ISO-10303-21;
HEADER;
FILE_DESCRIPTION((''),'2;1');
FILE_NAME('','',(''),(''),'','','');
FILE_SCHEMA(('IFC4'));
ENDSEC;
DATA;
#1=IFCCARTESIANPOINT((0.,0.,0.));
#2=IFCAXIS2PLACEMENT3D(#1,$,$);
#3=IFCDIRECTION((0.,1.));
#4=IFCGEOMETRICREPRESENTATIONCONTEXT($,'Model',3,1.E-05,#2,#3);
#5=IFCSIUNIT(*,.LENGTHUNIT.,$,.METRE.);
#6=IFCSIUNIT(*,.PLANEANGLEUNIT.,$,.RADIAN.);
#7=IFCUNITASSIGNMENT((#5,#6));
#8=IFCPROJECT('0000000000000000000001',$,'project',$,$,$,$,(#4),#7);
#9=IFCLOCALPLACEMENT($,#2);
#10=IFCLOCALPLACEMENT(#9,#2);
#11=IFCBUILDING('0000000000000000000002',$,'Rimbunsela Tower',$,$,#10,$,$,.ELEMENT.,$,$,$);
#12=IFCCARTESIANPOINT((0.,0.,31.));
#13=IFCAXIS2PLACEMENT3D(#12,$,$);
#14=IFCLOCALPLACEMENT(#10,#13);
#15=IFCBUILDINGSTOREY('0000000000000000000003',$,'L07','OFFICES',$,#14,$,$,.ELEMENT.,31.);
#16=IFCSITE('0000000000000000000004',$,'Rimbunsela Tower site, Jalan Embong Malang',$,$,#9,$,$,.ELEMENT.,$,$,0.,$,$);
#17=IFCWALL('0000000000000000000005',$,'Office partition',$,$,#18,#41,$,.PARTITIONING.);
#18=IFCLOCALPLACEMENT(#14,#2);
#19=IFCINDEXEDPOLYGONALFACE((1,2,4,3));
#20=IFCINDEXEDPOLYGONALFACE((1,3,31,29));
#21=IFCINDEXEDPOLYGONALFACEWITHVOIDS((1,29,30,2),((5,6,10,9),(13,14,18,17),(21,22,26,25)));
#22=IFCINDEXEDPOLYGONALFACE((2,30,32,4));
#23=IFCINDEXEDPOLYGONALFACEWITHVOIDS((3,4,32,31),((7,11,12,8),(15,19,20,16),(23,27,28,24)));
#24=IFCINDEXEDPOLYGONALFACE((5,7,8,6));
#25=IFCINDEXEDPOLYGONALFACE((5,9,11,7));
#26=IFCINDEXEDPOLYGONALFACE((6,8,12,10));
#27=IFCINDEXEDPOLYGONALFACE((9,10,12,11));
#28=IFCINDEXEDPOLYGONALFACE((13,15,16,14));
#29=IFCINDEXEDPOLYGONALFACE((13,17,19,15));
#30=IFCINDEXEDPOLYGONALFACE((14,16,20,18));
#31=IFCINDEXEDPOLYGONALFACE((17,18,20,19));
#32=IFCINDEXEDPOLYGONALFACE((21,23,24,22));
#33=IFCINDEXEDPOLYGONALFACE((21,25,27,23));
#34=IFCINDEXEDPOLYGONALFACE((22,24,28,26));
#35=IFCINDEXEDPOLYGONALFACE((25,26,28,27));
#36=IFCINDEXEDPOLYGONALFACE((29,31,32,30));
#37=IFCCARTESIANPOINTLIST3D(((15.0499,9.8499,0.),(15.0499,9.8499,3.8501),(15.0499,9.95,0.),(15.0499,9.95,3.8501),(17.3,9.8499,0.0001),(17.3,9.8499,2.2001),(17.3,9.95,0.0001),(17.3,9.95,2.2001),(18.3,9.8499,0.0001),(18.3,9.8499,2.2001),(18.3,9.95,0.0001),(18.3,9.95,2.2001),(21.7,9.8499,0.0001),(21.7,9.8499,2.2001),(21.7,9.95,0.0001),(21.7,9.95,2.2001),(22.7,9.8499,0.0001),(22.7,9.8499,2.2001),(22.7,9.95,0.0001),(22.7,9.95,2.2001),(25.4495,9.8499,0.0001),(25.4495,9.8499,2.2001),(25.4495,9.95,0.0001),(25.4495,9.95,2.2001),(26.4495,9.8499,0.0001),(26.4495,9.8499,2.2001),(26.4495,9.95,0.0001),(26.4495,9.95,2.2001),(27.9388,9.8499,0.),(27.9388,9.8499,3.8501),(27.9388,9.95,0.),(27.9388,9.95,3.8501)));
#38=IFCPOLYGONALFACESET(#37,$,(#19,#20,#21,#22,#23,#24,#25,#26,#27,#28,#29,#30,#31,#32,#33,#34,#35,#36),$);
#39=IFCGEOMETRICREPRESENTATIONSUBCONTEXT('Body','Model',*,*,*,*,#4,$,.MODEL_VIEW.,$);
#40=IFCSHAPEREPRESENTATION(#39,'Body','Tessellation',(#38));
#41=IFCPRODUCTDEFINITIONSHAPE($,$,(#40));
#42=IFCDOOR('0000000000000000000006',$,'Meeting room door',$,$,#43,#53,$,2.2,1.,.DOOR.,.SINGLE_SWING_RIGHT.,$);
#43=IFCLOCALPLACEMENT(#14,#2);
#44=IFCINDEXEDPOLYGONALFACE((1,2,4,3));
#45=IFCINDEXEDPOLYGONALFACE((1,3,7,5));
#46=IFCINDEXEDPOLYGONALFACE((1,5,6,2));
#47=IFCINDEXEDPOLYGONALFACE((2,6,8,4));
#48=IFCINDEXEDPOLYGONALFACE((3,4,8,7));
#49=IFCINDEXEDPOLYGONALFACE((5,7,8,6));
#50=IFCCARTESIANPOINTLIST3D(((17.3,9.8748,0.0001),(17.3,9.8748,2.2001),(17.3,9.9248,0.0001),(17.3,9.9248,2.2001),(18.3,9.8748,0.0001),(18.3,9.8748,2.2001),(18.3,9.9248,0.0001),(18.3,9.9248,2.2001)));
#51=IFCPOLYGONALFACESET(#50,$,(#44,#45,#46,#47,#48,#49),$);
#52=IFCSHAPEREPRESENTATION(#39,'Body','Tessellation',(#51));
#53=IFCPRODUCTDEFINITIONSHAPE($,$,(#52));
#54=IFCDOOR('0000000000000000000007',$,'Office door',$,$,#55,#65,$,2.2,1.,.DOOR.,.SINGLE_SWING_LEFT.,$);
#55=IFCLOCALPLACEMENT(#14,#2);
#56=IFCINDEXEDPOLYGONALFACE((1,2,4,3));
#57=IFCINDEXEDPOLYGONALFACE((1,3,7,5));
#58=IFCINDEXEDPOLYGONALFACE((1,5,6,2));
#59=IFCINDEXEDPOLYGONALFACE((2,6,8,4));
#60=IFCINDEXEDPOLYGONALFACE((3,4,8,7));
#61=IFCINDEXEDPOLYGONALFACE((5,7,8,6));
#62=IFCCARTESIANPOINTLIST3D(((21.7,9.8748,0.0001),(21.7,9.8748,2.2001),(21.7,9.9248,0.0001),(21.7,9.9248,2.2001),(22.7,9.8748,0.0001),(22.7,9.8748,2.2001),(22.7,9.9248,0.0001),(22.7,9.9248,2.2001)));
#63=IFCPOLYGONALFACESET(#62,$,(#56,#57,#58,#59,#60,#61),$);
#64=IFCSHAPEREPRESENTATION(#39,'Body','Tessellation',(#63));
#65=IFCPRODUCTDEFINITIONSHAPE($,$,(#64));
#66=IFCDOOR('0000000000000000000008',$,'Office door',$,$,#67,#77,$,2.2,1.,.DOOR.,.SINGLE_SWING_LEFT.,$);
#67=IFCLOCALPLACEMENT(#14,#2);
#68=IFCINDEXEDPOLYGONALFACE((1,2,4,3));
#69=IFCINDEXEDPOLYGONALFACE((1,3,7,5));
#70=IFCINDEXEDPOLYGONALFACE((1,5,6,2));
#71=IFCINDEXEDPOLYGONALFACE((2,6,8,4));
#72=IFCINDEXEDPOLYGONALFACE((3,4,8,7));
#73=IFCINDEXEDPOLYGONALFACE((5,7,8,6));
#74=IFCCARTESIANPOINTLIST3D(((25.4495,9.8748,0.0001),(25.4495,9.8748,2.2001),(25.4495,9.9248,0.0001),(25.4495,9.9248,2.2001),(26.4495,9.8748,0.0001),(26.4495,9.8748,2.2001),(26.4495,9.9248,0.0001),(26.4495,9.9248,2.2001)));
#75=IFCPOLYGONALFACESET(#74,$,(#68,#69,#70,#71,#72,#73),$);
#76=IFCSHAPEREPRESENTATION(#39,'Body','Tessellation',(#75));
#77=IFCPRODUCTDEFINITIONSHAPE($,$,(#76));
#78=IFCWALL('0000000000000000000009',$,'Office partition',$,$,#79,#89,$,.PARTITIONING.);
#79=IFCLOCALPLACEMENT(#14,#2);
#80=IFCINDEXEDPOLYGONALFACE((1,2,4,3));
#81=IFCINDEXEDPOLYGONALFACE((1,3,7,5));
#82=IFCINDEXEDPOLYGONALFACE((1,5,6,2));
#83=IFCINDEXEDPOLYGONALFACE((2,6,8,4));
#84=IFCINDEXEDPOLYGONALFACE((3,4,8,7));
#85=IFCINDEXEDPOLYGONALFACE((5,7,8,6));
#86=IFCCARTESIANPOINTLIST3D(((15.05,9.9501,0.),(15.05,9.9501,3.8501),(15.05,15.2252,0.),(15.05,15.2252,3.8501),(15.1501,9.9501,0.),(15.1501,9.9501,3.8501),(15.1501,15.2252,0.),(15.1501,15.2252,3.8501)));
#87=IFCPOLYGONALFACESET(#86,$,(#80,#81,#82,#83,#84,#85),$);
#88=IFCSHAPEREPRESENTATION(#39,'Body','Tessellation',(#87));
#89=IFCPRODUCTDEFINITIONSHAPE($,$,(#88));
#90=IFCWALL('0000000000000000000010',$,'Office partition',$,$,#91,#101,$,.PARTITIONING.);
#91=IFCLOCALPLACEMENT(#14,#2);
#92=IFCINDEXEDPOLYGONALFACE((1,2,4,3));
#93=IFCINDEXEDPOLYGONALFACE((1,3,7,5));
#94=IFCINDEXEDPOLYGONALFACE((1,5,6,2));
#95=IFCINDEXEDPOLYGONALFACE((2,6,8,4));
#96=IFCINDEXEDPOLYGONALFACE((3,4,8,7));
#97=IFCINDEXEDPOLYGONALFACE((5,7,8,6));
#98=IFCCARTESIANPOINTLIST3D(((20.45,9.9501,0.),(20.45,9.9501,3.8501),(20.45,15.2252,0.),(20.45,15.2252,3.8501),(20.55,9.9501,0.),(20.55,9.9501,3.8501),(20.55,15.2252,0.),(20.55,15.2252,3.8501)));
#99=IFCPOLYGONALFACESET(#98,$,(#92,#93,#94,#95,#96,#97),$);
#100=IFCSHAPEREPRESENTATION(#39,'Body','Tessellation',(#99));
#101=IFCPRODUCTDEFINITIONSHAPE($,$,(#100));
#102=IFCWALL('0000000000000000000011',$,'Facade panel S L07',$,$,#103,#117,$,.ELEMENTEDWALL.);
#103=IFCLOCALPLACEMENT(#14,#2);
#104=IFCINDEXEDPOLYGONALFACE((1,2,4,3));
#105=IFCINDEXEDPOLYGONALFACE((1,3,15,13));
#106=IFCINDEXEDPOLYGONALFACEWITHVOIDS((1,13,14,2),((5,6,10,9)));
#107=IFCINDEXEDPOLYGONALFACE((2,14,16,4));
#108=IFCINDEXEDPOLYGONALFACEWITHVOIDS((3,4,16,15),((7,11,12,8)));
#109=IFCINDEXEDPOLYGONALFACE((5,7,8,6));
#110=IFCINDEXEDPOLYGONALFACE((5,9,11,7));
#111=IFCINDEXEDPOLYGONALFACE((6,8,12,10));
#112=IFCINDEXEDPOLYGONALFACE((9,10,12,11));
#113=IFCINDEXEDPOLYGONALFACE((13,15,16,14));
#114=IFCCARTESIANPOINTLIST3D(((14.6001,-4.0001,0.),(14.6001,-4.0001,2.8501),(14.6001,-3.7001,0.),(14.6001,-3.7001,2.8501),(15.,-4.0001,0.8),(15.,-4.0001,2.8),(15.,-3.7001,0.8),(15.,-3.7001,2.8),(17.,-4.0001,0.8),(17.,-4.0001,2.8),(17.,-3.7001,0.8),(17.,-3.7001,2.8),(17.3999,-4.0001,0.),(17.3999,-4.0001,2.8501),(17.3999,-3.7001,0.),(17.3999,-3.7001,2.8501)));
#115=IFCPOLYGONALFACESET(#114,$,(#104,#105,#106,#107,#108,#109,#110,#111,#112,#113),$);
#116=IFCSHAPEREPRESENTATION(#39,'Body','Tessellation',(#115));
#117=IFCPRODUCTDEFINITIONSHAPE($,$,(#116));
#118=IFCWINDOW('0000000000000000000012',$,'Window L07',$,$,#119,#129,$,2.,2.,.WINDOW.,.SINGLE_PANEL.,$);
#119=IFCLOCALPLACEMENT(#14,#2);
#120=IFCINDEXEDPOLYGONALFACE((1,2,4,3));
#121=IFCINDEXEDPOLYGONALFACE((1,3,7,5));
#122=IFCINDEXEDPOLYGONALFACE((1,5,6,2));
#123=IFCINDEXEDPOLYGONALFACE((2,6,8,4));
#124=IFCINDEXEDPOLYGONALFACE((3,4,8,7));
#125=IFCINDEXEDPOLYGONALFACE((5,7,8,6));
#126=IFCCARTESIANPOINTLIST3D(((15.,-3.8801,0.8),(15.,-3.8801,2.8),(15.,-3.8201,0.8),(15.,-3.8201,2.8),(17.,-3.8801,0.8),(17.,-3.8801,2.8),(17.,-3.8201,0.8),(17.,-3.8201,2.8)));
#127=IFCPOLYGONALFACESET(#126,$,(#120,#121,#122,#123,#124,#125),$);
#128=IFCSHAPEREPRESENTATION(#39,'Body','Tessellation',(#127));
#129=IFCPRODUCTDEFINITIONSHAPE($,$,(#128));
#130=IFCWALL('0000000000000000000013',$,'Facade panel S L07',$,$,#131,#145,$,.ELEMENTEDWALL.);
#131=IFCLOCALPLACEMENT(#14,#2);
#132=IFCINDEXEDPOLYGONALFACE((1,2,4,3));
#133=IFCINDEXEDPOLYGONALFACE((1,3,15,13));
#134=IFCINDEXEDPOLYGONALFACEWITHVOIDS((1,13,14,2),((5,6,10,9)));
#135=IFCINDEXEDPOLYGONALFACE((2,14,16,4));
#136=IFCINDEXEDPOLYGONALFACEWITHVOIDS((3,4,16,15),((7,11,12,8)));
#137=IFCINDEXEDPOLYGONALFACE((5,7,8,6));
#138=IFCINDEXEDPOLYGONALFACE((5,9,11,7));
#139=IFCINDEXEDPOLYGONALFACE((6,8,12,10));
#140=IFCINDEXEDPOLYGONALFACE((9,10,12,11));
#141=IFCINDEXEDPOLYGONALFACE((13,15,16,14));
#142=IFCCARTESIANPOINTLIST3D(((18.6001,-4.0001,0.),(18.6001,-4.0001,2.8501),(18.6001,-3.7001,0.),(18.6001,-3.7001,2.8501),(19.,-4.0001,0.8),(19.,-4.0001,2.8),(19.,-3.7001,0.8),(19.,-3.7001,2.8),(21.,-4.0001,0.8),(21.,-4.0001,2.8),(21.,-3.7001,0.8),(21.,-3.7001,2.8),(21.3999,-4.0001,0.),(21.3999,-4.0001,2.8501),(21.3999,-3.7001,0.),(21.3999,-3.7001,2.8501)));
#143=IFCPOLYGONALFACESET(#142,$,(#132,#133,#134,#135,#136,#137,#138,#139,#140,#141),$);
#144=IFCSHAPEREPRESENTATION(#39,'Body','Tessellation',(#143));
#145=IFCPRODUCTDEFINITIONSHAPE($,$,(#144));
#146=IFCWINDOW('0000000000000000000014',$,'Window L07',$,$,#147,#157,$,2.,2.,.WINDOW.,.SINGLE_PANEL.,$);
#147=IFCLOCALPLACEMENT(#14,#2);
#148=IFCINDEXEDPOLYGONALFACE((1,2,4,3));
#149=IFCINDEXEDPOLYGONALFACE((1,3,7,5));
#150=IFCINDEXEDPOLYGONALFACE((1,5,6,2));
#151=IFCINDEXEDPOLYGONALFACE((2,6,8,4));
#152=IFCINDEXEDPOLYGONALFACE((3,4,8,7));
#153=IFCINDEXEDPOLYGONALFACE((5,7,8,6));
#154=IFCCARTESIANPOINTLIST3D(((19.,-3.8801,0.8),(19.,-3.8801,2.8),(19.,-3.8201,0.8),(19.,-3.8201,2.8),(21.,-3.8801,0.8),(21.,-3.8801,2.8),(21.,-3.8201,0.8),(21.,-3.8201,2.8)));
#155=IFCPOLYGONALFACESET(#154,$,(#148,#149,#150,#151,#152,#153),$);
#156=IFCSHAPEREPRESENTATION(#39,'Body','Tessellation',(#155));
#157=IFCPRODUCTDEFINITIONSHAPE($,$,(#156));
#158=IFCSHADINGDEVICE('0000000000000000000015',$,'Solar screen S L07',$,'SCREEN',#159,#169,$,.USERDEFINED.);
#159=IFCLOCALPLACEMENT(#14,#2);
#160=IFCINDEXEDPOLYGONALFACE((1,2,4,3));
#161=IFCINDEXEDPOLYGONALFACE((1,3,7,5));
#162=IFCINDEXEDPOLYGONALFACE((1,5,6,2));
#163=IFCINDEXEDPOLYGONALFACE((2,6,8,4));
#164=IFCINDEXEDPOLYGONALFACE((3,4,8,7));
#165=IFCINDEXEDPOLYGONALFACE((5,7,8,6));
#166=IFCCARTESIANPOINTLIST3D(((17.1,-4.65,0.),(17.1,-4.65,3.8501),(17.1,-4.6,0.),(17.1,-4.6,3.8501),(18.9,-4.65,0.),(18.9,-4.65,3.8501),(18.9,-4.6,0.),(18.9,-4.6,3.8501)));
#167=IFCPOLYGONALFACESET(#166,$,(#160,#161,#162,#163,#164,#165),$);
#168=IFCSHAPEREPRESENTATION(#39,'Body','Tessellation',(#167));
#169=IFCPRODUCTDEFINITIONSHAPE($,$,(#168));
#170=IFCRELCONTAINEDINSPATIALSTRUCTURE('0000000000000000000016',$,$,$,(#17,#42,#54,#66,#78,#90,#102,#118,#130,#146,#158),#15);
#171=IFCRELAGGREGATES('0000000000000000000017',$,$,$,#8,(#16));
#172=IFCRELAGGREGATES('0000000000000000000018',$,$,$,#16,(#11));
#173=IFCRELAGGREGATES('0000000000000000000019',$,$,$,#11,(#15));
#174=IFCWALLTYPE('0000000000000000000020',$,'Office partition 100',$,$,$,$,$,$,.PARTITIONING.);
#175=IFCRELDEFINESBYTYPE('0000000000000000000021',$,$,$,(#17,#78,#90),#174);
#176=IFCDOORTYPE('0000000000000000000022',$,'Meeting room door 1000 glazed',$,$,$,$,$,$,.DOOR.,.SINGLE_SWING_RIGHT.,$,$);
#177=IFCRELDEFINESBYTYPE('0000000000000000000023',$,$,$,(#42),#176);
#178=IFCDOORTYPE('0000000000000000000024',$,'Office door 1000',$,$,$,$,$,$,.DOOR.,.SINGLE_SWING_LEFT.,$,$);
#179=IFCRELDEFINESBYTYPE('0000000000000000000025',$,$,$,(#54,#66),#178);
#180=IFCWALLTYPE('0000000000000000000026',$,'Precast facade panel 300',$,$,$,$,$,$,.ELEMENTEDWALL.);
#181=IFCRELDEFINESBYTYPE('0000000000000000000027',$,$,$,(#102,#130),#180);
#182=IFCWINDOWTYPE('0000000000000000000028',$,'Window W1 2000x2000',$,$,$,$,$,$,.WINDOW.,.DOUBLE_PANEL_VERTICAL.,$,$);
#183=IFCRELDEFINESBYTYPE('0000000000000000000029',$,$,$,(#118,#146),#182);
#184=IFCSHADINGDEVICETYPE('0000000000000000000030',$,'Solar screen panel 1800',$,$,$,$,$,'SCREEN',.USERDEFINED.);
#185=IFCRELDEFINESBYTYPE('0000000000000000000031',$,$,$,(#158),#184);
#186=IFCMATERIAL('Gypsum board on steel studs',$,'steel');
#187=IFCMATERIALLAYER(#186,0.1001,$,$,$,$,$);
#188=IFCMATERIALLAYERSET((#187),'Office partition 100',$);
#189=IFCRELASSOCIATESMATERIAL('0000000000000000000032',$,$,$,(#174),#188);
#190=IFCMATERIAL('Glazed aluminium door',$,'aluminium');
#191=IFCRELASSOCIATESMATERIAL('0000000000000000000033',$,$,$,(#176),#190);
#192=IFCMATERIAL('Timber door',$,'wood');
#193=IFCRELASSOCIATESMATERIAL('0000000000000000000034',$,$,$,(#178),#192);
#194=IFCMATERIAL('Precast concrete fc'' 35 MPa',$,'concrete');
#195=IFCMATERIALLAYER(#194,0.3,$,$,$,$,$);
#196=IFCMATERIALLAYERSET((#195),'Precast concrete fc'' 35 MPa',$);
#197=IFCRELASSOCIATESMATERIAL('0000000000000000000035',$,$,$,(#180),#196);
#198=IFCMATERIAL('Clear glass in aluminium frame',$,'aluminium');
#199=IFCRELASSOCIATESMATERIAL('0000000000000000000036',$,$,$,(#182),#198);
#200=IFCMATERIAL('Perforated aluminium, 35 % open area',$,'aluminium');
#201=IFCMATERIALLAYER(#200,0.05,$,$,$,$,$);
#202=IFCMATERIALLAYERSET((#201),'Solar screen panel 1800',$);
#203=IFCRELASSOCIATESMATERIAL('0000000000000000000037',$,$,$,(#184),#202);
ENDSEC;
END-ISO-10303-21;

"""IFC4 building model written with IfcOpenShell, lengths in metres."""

from ifc_helpers import new_model, si_unit, direction, frame, frame_2d, origin, origin_2d, place, context, subcontext, project, spatial, rectangle, extrude, material, layer, layer_set, type_object, element, fill, save


model = new_model("IFC4")

# Units and contexts
model_context = context("Model", 3, precision=1e-05, world=origin(), true_north=direction((0.0, 1.0)))
body_context = subcontext(model_context, "Body", "Model", "MODEL_VIEW")
ifc_project = project(units=[si_unit("LENGTHUNIT", "METRE"), si_unit("PLANEANGLEUNIT", "RADIAN")], contexts=[model_context])

# Site, building, storey
site_placement = place(None, origin())
site = spatial("IfcSite", under=ifc_project, at=site_placement, Name="Rimbunsela Tower site, Jalan Embong Malang", CompositionType="ELEMENT", RefElevation=0.0)
building_placement = place(site_placement, origin())
building = spatial("IfcBuilding", under=site, at=building_placement, Name="Rimbunsela Tower", CompositionType="ELEMENT")
storey_placement = place(building_placement, frame((0.0, 0.0, 31.0)))
storey = spatial("IfcBuildingStorey", under=building, at=storey_placement, Name="L07", Description="OFFICES", CompositionType="ELEMENT", Elevation=31.0)

# Wall, openings, doors
ifc_material_1 = material(Name="Gypsum board on steel studs", Category="steel")
ifc_layer_1 = layer(ifc_material_1, 0.1001)
ifc_layer_set_1 = layer_set([ifc_layer_1], Name="Office partition 100")
wall_type_1 = type_object("IfcWallType", Name="Office partition 100", PredefinedType="PARTITIONING", material=ifc_layer_set_1)
wall_1_placement = place(storey_placement, frame((15.05, 9.8999, 0.0), z_axis=(0.0, 0.0, 1.0), x_axis=(1.0, 0.0, 0.0)))
wall_1 = element("IfcWall", 1, at=wall_1_placement, inside=storey, type_object=wall_type_1, Name="Office partition", PredefinedType="PARTITIONING", context=body_context, shape_type="SweptSolid", body=[
    extrude(rectangle(XDim=12.8889, YDim=0.1001, at=frame_2d((6.4443, 0.0))), origin(), (0.0, 0.0, 1.0), 3.8501),
])
opening_1_placement = place(wall_1_placement, frame((2.25, 0.0, 0.0)))
opening_1 = element("IfcOpeningElement", 2, at=opening_1_placement, cuts=wall_1, PredefinedType="OPENING", context=body_context, shape_type="SweptSolid", body=[
    extrude(rectangle(XDim=1.0, YDim=2.2, at=frame_2d((0.5, 1.1001))), frame((0.0, 0.0601, 0.0), z_axis=(0.0, -1.0, 0.0), x_axis=(1.0, 0.0, 0.0)), (0.0, 0.0, 1.0), 0.1201),
])
opening_2_placement = place(wall_1_placement, frame((6.6499, 0.0, 0.0)))
opening_2 = element("IfcOpeningElement", 3, at=opening_2_placement, cuts=wall_1, PredefinedType="OPENING", context=body_context, shape_type="SweptSolid", body=[
    extrude(rectangle(XDim=1.0, YDim=2.2, at=frame_2d((0.5, 1.1001))), frame((0.0, 0.0601, 0.0), z_axis=(0.0, -1.0, 0.0), x_axis=(1.0, 0.0, 0.0)), (0.0, 0.0, 1.0), 0.1201),
])
opening_3_placement = place(wall_1_placement, frame((10.3994, 0.0, 0.0)))
opening_3 = element("IfcOpeningElement", 4, at=opening_3_placement, cuts=wall_1, PredefinedType="OPENING", context=body_context, shape_type="SweptSolid", body=[
    extrude(rectangle(XDim=1.0, YDim=2.2, at=frame_2d((0.5, 1.1001))), frame((0.0, 0.0601, 0.0), z_axis=(0.0, -1.0, 0.0), x_axis=(1.0, 0.0, 0.0)), (0.0, 0.0, 1.0), 0.1201),
])
ifc_material_2 = material(Name="Glazed aluminium door", Category="aluminium")
door_type_1 = type_object("IfcDoorType", Name="Meeting room door 1000 glazed", OperationType="SINGLE_SWING_RIGHT", PredefinedType="DOOR", material=ifc_material_2)
door_1_placement = place(opening_1_placement, origin())
door_1 = element("IfcDoor", 5, at=door_1_placement, inside=storey, type_object=door_type_1, Name="Meeting room door", OperationType="SINGLE_SWING_RIGHT", OverallHeight=2.2, OverallWidth=1.0, PredefinedType="DOOR", context=body_context, shape_type="SweptSolid", body=[
    extrude(rectangle(XDim=1.0, YDim=2.2, at=frame_2d((0.5, 1.1001))), frame((0.0, 0.0249, 0.0), z_axis=(0.0, -1.0, 0.0), x_axis=(1.0, 0.0, 0.0)), (0.0, 0.0, 1.0), 0.05),
])
fill(opening_1, door_1)
ifc_material_3 = material(Name="Timber door", Category="wood")
door_type_2 = type_object("IfcDoorType", Name="Office door 1000", OperationType="SINGLE_SWING_LEFT", PredefinedType="DOOR", material=ifc_material_3)
door_2_placement = place(opening_2_placement, origin())
door_2 = element("IfcDoor", 6, at=door_2_placement, inside=storey, type_object=door_type_2, Name="Office door", OperationType="SINGLE_SWING_LEFT", OverallHeight=2.2, OverallWidth=1.0, PredefinedType="DOOR", context=body_context, shape_type="SweptSolid", body=[
    extrude(rectangle(XDim=1.0, YDim=2.2, at=frame_2d((0.5, 1.1001))), frame((0.0, 0.0249, 0.0), z_axis=(0.0, -1.0, 0.0), x_axis=(1.0, 0.0, 0.0)), (0.0, 0.0, 1.0), 0.05),
])
fill(opening_2, door_2)
door_3_placement = place(opening_3_placement, origin())
door_3 = element("IfcDoor", 7, at=door_3_placement, inside=storey, type_object=door_type_2, Name="Office door", OperationType="SINGLE_SWING_LEFT", OverallHeight=2.2, OverallWidth=1.0, PredefinedType="DOOR", context=body_context, shape_type="SweptSolid", body=[
    extrude(rectangle(XDim=1.0, YDim=2.2, at=frame_2d((0.5, 1.1001))), frame((0.0, 0.0249, 0.0), z_axis=(0.0, -1.0, 0.0), x_axis=(1.0, 0.0, 0.0)), (0.0, 0.0, 1.0), 0.05),
])
fill(opening_3, door_3)

# Walls
for number, where, z_axis, x_axis, name in (
    (8, (15.1001, 9.95, 0.0), (0.0, 0.0, 1.0), (0.0, 1.0, 0.0), "Office partition"),
    (9, (20.5, 9.95, 0.0), (0.0, 0.0, 1.0), (0.0, 1.0, 0.0), "Office partition"),
):
    element("IfcWall", number, at=place(storey_placement, frame(where, z_axis=z_axis, x_axis=x_axis)), inside=storey, type_object=wall_type_1, Name=name, PredefinedType="PARTITIONING", context=body_context, shape_type="SweptSolid", body=[
        extrude(rectangle(XDim=5.2751, YDim=0.1001, at=frame_2d((2.6377, 0.0))), origin(), (0.0, 0.0, 1.0), 3.8501),
    ])

# Walls, openings, windows
ifc_material_4 = material(Name="Precast concrete fc' 35 MPa", Category="concrete")
ifc_layer_2 = layer(ifc_material_4, 0.3)
ifc_layer_set_2 = layer_set([ifc_layer_2], Name="Precast concrete fc' 35 MPa")
wall_type_2 = type_object("IfcWallType", Name="Precast facade panel 300", PredefinedType="ELEMENTEDWALL", material=ifc_layer_set_2)
wall_2_placement = place(storey_placement, frame((14.6001, -3.8501, 0.0), z_axis=(0.0, 0.0, 1.0), x_axis=(1.0, 0.0, 0.0)))
wall_2 = element("IfcWall", 10, at=wall_2_placement, inside=storey, type_object=wall_type_2, Name="Facade panel S L07", PredefinedType="ELEMENTEDWALL", context=body_context, shape_type="SweptSolid", body=[
    extrude(rectangle(XDim=2.7998, YDim=0.3, at=frame_2d((1.3999, 0.0))), origin(), (0.0, 0.0, 1.0), 2.8501),
])
opening_4_placement = place(wall_2_placement, frame((0.3999, 0.0, 0.8)))
opening_4 = element("IfcOpeningElement", 11, at=opening_4_placement, cuts=wall_2, PredefinedType="OPENING", context=body_context, shape_type="SweptSolid", body=[
    extrude(rectangle(XDim=2.0, YDim=2.0, at=frame_2d((1.0, 1.0))), frame((0.0, 0.1599, 0.0), z_axis=(0.0, -1.0, 0.0), x_axis=(1.0, 0.0, 0.0)), (0.0, 0.0, 1.0), 0.3201),
])
ifc_material_5 = material(Name="Clear glass in aluminium frame", Category="aluminium")
window_type = type_object("IfcWindowType", Name="Window W1 2000x2000", PartitioningType="DOUBLE_PANEL_VERTICAL", PredefinedType="WINDOW", material=ifc_material_5)
window_1_placement = place(opening_4_placement, origin())
window_1 = element("IfcWindow", 12, at=window_1_placement, inside=storey, type_object=window_type, Name="Window L07", OverallHeight=2.0, OverallWidth=2.0, PartitioningType="SINGLE_PANEL", PredefinedType="WINDOW", context=body_context, shape_type="SweptSolid", body=[
    extrude(rectangle(XDim=2.0, YDim=2.0, at=frame_2d((1.0, 1.0))), frame((0.0, 0.03, 0.0), z_axis=(0.0, -1.0, 0.0), x_axis=(1.0, 0.0, 0.0)), (0.0, 0.0, 1.0), 0.0601),
])
fill(opening_4, window_1)
wall_3_placement = place(storey_placement, frame((18.6001, -3.8501, 0.0), z_axis=(0.0, 0.0, 1.0), x_axis=(1.0, 0.0, 0.0)))
wall_3 = element("IfcWall", 13, at=wall_3_placement, inside=storey, type_object=wall_type_2, Name="Facade panel S L07", PredefinedType="ELEMENTEDWALL", context=body_context, shape_type="SweptSolid", body=[
    extrude(rectangle(XDim=2.7998, YDim=0.3, at=frame_2d((1.3999, 0.0))), origin(), (0.0, 0.0, 1.0), 2.8501),
])
opening_5_placement = place(wall_3_placement, frame((0.3999, 0.0, 0.8)))
opening_5 = element("IfcOpeningElement", 14, at=opening_5_placement, cuts=wall_3, PredefinedType="OPENING", context=body_context, shape_type="SweptSolid", body=[
    extrude(rectangle(XDim=2.0, YDim=2.0, at=frame_2d((1.0, 1.0))), frame((0.0, 0.1599, 0.0), z_axis=(0.0, -1.0, 0.0), x_axis=(1.0, 0.0, 0.0)), (0.0, 0.0, 1.0), 0.3201),
])
window_2_placement = place(opening_5_placement, origin())
window_2 = element("IfcWindow", 15, at=window_2_placement, inside=storey, type_object=window_type, Name="Window L07", OverallHeight=2.0, OverallWidth=2.0, PartitioningType="SINGLE_PANEL", PredefinedType="WINDOW", context=body_context, shape_type="SweptSolid", body=[
    extrude(rectangle(XDim=2.0, YDim=2.0, at=frame_2d((1.0, 1.0))), frame((0.0, 0.03, 0.0), z_axis=(0.0, -1.0, 0.0), x_axis=(1.0, 0.0, 0.0)), (0.0, 0.0, 1.0), 0.0601),
])
fill(opening_5, window_2)

# Shading device
ifc_material_6 = material(Name="Perforated aluminium, 35 % open area", Category="aluminium")
ifc_layer_3 = layer(ifc_material_6, 0.05)
ifc_layer_set_3 = layer_set([ifc_layer_3], Name="Solar screen panel 1800")
shading_device_type = type_object("IfcShadingDeviceType", Name="Solar screen panel 1800", ElementType="SCREEN", PredefinedType="USERDEFINED", material=ifc_layer_set_3)
shading_device_placement = place(storey_placement, frame((18.0, -4.625, 0.0), z_axis=(0.0, 0.0, 1.0), x_axis=(1.0, 0.0, 0.0)))
element("IfcShadingDevice", 16, at=shading_device_placement, inside=storey, type_object=shading_device_type, Name="Solar screen S L07", ObjectType="SCREEN", PredefinedType="USERDEFINED", context=body_context, shape_type="SweptSolid", body=[
    extrude(rectangle(XDim=1.8, YDim=0.05, at=origin_2d()), origin(), (0.0, 0.0, 1.0), 3.8501),
])

save(model, "model.ifc")
